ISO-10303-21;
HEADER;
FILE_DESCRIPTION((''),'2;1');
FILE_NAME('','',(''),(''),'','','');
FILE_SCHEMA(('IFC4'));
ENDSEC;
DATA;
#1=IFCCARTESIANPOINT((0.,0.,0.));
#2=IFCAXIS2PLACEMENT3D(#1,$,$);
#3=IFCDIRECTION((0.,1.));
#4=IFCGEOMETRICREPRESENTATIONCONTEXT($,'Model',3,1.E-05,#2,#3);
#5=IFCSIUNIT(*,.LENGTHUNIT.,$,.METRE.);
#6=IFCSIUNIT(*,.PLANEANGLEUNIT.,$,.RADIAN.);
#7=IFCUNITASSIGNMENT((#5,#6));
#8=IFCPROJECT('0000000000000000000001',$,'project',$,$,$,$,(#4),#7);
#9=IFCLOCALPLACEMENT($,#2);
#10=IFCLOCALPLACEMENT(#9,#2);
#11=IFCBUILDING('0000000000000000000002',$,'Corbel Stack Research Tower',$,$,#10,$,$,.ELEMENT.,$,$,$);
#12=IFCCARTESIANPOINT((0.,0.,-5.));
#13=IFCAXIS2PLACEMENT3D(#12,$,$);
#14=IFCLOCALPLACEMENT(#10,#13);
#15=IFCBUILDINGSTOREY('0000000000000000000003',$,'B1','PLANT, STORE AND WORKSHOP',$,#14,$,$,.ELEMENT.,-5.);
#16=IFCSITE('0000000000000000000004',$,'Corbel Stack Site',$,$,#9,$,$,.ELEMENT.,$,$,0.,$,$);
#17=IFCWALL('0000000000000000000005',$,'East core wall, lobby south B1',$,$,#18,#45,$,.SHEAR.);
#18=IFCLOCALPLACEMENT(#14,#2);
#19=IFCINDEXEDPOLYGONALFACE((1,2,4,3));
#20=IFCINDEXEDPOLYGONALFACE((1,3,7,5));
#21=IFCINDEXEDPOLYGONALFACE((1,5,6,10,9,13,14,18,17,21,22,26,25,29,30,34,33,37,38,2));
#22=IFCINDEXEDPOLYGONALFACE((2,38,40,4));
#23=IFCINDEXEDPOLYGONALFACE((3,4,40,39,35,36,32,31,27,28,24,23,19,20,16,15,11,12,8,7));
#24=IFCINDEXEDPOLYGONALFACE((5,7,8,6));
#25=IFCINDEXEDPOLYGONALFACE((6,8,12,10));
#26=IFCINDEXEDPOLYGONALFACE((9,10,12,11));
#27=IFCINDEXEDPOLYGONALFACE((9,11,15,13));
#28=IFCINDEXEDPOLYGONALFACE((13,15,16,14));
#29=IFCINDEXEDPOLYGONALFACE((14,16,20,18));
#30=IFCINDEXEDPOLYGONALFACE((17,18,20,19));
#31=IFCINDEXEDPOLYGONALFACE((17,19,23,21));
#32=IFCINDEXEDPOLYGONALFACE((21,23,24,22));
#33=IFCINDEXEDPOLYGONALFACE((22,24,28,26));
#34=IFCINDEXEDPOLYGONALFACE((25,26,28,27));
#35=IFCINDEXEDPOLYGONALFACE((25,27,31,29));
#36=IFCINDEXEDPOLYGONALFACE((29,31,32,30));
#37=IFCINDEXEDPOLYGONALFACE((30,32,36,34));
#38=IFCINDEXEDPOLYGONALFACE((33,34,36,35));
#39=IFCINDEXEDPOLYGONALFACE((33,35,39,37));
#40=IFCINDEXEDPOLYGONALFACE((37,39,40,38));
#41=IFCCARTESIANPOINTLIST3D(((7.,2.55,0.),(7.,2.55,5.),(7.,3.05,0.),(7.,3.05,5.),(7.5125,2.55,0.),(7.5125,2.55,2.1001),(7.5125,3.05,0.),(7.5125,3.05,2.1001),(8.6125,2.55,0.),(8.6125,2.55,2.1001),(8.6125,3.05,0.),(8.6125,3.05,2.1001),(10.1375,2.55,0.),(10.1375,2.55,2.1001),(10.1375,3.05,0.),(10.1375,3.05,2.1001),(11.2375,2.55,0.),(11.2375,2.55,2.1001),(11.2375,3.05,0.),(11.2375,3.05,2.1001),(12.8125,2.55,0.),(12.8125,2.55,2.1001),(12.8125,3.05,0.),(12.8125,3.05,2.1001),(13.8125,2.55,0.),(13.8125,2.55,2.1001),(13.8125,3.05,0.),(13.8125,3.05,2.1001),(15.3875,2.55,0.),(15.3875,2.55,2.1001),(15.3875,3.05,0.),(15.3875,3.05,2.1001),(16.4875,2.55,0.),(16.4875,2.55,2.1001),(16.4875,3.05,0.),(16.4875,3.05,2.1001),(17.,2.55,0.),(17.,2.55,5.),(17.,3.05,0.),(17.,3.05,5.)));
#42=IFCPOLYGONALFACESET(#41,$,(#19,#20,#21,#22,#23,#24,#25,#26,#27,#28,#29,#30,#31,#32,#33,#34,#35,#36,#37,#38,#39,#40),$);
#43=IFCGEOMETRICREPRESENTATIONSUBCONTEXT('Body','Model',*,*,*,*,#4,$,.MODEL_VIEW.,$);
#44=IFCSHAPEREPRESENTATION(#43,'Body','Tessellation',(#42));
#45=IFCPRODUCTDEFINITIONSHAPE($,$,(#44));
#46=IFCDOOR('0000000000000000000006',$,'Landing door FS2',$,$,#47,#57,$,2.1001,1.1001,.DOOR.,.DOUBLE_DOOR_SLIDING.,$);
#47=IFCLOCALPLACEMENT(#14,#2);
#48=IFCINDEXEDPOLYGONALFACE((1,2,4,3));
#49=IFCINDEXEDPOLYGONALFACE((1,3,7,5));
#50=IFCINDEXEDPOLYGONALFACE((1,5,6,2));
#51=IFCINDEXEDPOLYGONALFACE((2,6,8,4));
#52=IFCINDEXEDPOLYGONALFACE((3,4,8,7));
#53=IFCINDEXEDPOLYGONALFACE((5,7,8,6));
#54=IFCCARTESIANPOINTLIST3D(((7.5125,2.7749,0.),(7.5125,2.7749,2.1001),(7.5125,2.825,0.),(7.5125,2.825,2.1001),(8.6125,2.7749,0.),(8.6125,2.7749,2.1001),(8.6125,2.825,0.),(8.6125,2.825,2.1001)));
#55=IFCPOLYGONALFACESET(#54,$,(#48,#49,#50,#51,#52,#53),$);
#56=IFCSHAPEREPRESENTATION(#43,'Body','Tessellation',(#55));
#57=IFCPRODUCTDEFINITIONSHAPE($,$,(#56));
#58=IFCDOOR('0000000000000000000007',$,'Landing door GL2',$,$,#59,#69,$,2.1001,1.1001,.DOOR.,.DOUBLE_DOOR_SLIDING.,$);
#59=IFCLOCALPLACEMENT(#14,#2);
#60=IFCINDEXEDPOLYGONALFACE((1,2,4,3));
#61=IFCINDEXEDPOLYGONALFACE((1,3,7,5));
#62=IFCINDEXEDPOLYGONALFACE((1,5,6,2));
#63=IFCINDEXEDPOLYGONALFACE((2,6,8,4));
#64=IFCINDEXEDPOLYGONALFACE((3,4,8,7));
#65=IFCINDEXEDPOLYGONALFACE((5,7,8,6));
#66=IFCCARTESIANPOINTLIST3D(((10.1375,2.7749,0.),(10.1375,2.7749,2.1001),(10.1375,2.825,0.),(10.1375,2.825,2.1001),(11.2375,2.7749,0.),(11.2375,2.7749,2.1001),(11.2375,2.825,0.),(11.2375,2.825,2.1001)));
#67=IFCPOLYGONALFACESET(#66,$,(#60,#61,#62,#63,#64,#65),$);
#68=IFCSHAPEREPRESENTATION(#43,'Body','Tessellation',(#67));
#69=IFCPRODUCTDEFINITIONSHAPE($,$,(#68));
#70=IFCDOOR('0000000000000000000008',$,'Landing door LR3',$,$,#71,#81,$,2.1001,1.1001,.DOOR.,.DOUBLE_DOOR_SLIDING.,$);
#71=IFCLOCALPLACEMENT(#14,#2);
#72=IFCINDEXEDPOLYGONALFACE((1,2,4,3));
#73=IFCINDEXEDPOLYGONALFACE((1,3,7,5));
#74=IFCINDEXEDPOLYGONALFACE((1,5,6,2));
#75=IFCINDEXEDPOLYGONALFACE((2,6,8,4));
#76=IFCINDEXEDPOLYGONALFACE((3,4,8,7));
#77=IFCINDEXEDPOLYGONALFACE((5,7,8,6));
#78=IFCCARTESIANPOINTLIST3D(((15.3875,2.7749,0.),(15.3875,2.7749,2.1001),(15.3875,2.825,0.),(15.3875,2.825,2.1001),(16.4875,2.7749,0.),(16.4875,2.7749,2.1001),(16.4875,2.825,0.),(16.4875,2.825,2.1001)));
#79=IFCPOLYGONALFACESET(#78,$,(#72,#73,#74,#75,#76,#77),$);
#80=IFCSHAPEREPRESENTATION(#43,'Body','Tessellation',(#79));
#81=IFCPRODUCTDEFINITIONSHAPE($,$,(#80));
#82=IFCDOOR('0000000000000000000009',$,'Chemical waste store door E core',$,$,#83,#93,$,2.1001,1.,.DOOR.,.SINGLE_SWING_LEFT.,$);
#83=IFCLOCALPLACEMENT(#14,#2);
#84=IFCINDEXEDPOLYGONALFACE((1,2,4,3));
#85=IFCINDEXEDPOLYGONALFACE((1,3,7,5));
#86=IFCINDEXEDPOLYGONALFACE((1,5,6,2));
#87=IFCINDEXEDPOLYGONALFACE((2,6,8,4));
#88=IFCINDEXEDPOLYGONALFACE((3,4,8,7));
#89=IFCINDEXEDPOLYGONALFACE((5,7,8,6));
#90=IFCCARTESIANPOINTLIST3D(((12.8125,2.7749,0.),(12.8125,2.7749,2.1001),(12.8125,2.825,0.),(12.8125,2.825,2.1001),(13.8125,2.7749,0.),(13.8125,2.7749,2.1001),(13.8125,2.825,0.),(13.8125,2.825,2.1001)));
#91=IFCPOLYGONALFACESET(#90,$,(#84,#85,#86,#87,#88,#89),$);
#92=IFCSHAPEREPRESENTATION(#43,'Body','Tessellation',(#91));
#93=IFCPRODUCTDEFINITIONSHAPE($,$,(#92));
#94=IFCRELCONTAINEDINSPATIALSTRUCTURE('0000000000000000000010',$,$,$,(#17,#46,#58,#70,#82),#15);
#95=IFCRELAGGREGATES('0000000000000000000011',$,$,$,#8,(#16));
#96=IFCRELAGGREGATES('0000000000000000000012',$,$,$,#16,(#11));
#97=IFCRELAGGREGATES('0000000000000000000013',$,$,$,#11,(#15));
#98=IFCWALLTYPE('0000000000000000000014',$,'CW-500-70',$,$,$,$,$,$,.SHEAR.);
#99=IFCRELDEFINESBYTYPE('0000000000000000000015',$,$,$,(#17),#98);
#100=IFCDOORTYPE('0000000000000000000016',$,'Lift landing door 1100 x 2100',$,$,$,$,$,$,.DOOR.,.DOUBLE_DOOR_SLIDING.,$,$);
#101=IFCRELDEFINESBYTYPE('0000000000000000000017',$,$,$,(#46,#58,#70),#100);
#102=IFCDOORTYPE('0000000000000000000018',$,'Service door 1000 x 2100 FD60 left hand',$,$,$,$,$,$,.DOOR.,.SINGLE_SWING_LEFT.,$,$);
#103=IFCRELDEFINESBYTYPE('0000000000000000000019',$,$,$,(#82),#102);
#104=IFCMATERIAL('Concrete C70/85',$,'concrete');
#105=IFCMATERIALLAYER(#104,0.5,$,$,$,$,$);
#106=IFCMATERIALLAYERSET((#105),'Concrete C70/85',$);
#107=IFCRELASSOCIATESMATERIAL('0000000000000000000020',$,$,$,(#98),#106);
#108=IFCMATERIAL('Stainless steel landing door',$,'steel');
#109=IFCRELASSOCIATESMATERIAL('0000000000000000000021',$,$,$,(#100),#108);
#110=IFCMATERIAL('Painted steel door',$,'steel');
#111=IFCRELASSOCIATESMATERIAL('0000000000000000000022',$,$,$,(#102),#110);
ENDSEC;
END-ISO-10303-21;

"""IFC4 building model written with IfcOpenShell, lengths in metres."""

from ifc_helpers import new_model, si_unit, direction, frame, frame_2d, origin, place, context, subcontext, project, spatial, rectangle, extrude, material, layer, layer_set, type_object, element, fill, save


model = new_model("IFC4")

# Units and contexts
model_context = context("Model", 3, precision=1e-05, world=origin(), true_north=direction((0.0, 1.0)))
body_context = subcontext(model_context, "Body", "Model", "MODEL_VIEW")
ifc_project = project(units=[si_unit("LENGTHUNIT", "METRE"), si_unit("PLANEANGLEUNIT", "RADIAN")], contexts=[model_context])

# Site, building, storey
site_placement = place(None, origin())
site = spatial("IfcSite", under=ifc_project, at=site_placement, Name="Corbel Stack Site", CompositionType="ELEMENT", RefElevation=0.0)
building_placement = place(site_placement, origin())
building = spatial("IfcBuilding", under=site, at=building_placement, Name="Corbel Stack Research Tower", CompositionType="ELEMENT")
storey_placement = place(building_placement, frame((0.0, 0.0, -5.0)))
storey = spatial("IfcBuildingStorey", under=building, at=storey_placement, Name="B1", Description="PLANT, STORE AND WORKSHOP", CompositionType="ELEMENT", Elevation=-5.0)

# Wall, openings, doors
ifc_material_1 = material(Name="Concrete C70/85", Category="concrete")
ifc_layer_1 = layer(ifc_material_1, 0.5)
ifc_layer_set_1 = layer_set([ifc_layer_1], Name="Concrete C70/85")
wall_type_1 = type_object("IfcWallType", Name="CW-500-70", PredefinedType="SHEAR", material=ifc_layer_set_1)
wall_1_placement = place(storey_placement, frame((7.0, 2.8, 0.0), z_axis=(0.0, 0.0, 1.0), x_axis=(1.0, 0.0, 0.0)))
wall_1 = element("IfcWall", 1, at=wall_1_placement, inside=storey, type_object=wall_type_1, Name="East core wall, lobby south B1", PredefinedType="SHEAR", context=body_context, shape_type="SweptSolid", body=[
    extrude(rectangle(XDim=10.0, YDim=0.5, at=frame_2d((5.0, 0.0))), origin(), (0.0, 0.0, 1.0), 5.0),
])
opening_1_placement = place(wall_1_placement, frame((0.5125, 0.0, 0.0)))
opening_1 = element("IfcOpeningElement", 2, at=opening_1_placement, cuts=wall_1, PredefinedType="OPENING", context=body_context, shape_type="SweptSolid", body=[
    extrude(rectangle(XDim=1.1001, YDim=2.1001, at=frame_2d((0.55, 1.05))), frame((0.0, 0.26, 0.0), z_axis=(0.0, -1.0, 0.0), x_axis=(1.0, 0.0, 0.0)), (0.0, 0.0, 1.0), 0.52),
])
opening_2_placement = place(wall_1_placement, frame((3.1375, 0.0, 0.0)))
opening_2 = element("IfcOpeningElement", 3, at=opening_2_placement, cuts=wall_1, PredefinedType="OPENING", context=body_context, shape_type="SweptSolid", body=[
    extrude(rectangle(XDim=1.1001, YDim=2.1001, at=frame_2d((0.55, 1.05))), frame((0.0, 0.26, 0.0), z_axis=(0.0, -1.0, 0.0), x_axis=(1.0, 0.0, 0.0)), (0.0, 0.0, 1.0), 0.52),
])
opening_3_placement = place(wall_1_placement, frame((8.3875, 0.0, 0.0)))
opening_3 = element("IfcOpeningElement", 4, at=opening_3_placement, cuts=wall_1, PredefinedType="OPENING", context=body_context, shape_type="SweptSolid", body=[
    extrude(rectangle(XDim=1.1001, YDim=2.1001, at=frame_2d((0.55, 1.05))), frame((0.0, 0.26, 0.0), z_axis=(0.0, -1.0, 0.0), x_axis=(1.0, 0.0, 0.0)), (0.0, 0.0, 1.0), 0.52),
])
opening_4_placement = place(wall_1_placement, frame((5.8125, 0.0, 0.0)))
opening_4 = element("IfcOpeningElement", 5, at=opening_4_placement, cuts=wall_1, PredefinedType="OPENING", context=body_context, shape_type="SweptSolid", body=[
    extrude(rectangle(XDim=1.0, YDim=2.1001, at=frame_2d((0.5, 1.05))), frame((0.0, 0.26, 0.0), z_axis=(0.0, -1.0, 0.0), x_axis=(1.0, 0.0, 0.0)), (0.0, 0.0, 1.0), 0.52),
])
ifc_material_2 = material(Name="Stainless steel landing door", Category="steel")
door_type_1 = type_object("IfcDoorType", Name="Lift landing door 1100 x 2100", OperationType="DOUBLE_DOOR_SLIDING", PredefinedType="DOOR", material=ifc_material_2)
door_1_placement = place(opening_1_placement, origin())
door_1 = element("IfcDoor", 6, at=door_1_placement, inside=storey, type_object=door_type_1, Name="Landing door FS2", OperationType="DOUBLE_DOOR_SLIDING", OverallHeight=2.1001, OverallWidth=1.1001, PredefinedType="DOOR", context=body_context, shape_type="SweptSolid", body=[
    extrude(rectangle(XDim=1.1001, YDim=2.1001, at=frame_2d((0.55, 1.05))), frame((0.0, 0.0249, 0.0), z_axis=(0.0, -1.0, 0.0), x_axis=(1.0, 0.0, 0.0)), (0.0, 0.0, 1.0), 0.05),
])
fill(opening_1, door_1)
door_2_placement = place(opening_2_placement, origin())
door_2 = element("IfcDoor", 7, at=door_2_placement, inside=storey, type_object=door_type_1, Name="Landing door GL2", OperationType="DOUBLE_DOOR_SLIDING", OverallHeight=2.1001, OverallWidth=1.1001, PredefinedType="DOOR", context=body_context, shape_type="SweptSolid", body=[
    extrude(rectangle(XDim=1.1001, YDim=2.1001, at=frame_2d((0.55, 1.05))), frame((0.0, 0.0249, 0.0), z_axis=(0.0, -1.0, 0.0), x_axis=(1.0, 0.0, 0.0)), (0.0, 0.0, 1.0), 0.05),
])
fill(opening_2, door_2)
door_3_placement = place(opening_3_placement, origin())
door_3 = element("IfcDoor", 8, at=door_3_placement, inside=storey, type_object=door_type_1, Name="Landing door LR3", OperationType="DOUBLE_DOOR_SLIDING", OverallHeight=2.1001, OverallWidth=1.1001, PredefinedType="DOOR", context=body_context, shape_type="SweptSolid", body=[
    extrude(rectangle(XDim=1.1001, YDim=2.1001, at=frame_2d((0.55, 1.05))), frame((0.0, 0.0249, 0.0), z_axis=(0.0, -1.0, 0.0), x_axis=(1.0, 0.0, 0.0)), (0.0, 0.0, 1.0), 0.05),
])
fill(opening_3, door_3)
ifc_material_3 = material(Name="Painted steel door", Category="steel")
door_type_2 = type_object("IfcDoorType", Name="Service door 1000 x 2100 FD60 left hand", OperationType="SINGLE_SWING_LEFT", PredefinedType="DOOR", material=ifc_material_3)
door_4_placement = place(opening_4_placement, origin())
door_4 = element("IfcDoor", 9, at=door_4_placement, inside=storey, type_object=door_type_2, Name="Chemical waste store door E core", OperationType="SINGLE_SWING_LEFT", OverallHeight=2.1001, OverallWidth=1.0, PredefinedType="DOOR", context=body_context, shape_type="SweptSolid", body=[
    extrude(rectangle(XDim=1.0, YDim=2.1001, at=frame_2d((0.5, 1.05))), frame((0.0, 0.0249, 0.0), z_axis=(0.0, -1.0, 0.0), x_axis=(1.0, 0.0, 0.0)), (0.0, 0.0, 1.0), 0.05),
])
fill(opening_4, door_4)

save(model, "model.ifc")
